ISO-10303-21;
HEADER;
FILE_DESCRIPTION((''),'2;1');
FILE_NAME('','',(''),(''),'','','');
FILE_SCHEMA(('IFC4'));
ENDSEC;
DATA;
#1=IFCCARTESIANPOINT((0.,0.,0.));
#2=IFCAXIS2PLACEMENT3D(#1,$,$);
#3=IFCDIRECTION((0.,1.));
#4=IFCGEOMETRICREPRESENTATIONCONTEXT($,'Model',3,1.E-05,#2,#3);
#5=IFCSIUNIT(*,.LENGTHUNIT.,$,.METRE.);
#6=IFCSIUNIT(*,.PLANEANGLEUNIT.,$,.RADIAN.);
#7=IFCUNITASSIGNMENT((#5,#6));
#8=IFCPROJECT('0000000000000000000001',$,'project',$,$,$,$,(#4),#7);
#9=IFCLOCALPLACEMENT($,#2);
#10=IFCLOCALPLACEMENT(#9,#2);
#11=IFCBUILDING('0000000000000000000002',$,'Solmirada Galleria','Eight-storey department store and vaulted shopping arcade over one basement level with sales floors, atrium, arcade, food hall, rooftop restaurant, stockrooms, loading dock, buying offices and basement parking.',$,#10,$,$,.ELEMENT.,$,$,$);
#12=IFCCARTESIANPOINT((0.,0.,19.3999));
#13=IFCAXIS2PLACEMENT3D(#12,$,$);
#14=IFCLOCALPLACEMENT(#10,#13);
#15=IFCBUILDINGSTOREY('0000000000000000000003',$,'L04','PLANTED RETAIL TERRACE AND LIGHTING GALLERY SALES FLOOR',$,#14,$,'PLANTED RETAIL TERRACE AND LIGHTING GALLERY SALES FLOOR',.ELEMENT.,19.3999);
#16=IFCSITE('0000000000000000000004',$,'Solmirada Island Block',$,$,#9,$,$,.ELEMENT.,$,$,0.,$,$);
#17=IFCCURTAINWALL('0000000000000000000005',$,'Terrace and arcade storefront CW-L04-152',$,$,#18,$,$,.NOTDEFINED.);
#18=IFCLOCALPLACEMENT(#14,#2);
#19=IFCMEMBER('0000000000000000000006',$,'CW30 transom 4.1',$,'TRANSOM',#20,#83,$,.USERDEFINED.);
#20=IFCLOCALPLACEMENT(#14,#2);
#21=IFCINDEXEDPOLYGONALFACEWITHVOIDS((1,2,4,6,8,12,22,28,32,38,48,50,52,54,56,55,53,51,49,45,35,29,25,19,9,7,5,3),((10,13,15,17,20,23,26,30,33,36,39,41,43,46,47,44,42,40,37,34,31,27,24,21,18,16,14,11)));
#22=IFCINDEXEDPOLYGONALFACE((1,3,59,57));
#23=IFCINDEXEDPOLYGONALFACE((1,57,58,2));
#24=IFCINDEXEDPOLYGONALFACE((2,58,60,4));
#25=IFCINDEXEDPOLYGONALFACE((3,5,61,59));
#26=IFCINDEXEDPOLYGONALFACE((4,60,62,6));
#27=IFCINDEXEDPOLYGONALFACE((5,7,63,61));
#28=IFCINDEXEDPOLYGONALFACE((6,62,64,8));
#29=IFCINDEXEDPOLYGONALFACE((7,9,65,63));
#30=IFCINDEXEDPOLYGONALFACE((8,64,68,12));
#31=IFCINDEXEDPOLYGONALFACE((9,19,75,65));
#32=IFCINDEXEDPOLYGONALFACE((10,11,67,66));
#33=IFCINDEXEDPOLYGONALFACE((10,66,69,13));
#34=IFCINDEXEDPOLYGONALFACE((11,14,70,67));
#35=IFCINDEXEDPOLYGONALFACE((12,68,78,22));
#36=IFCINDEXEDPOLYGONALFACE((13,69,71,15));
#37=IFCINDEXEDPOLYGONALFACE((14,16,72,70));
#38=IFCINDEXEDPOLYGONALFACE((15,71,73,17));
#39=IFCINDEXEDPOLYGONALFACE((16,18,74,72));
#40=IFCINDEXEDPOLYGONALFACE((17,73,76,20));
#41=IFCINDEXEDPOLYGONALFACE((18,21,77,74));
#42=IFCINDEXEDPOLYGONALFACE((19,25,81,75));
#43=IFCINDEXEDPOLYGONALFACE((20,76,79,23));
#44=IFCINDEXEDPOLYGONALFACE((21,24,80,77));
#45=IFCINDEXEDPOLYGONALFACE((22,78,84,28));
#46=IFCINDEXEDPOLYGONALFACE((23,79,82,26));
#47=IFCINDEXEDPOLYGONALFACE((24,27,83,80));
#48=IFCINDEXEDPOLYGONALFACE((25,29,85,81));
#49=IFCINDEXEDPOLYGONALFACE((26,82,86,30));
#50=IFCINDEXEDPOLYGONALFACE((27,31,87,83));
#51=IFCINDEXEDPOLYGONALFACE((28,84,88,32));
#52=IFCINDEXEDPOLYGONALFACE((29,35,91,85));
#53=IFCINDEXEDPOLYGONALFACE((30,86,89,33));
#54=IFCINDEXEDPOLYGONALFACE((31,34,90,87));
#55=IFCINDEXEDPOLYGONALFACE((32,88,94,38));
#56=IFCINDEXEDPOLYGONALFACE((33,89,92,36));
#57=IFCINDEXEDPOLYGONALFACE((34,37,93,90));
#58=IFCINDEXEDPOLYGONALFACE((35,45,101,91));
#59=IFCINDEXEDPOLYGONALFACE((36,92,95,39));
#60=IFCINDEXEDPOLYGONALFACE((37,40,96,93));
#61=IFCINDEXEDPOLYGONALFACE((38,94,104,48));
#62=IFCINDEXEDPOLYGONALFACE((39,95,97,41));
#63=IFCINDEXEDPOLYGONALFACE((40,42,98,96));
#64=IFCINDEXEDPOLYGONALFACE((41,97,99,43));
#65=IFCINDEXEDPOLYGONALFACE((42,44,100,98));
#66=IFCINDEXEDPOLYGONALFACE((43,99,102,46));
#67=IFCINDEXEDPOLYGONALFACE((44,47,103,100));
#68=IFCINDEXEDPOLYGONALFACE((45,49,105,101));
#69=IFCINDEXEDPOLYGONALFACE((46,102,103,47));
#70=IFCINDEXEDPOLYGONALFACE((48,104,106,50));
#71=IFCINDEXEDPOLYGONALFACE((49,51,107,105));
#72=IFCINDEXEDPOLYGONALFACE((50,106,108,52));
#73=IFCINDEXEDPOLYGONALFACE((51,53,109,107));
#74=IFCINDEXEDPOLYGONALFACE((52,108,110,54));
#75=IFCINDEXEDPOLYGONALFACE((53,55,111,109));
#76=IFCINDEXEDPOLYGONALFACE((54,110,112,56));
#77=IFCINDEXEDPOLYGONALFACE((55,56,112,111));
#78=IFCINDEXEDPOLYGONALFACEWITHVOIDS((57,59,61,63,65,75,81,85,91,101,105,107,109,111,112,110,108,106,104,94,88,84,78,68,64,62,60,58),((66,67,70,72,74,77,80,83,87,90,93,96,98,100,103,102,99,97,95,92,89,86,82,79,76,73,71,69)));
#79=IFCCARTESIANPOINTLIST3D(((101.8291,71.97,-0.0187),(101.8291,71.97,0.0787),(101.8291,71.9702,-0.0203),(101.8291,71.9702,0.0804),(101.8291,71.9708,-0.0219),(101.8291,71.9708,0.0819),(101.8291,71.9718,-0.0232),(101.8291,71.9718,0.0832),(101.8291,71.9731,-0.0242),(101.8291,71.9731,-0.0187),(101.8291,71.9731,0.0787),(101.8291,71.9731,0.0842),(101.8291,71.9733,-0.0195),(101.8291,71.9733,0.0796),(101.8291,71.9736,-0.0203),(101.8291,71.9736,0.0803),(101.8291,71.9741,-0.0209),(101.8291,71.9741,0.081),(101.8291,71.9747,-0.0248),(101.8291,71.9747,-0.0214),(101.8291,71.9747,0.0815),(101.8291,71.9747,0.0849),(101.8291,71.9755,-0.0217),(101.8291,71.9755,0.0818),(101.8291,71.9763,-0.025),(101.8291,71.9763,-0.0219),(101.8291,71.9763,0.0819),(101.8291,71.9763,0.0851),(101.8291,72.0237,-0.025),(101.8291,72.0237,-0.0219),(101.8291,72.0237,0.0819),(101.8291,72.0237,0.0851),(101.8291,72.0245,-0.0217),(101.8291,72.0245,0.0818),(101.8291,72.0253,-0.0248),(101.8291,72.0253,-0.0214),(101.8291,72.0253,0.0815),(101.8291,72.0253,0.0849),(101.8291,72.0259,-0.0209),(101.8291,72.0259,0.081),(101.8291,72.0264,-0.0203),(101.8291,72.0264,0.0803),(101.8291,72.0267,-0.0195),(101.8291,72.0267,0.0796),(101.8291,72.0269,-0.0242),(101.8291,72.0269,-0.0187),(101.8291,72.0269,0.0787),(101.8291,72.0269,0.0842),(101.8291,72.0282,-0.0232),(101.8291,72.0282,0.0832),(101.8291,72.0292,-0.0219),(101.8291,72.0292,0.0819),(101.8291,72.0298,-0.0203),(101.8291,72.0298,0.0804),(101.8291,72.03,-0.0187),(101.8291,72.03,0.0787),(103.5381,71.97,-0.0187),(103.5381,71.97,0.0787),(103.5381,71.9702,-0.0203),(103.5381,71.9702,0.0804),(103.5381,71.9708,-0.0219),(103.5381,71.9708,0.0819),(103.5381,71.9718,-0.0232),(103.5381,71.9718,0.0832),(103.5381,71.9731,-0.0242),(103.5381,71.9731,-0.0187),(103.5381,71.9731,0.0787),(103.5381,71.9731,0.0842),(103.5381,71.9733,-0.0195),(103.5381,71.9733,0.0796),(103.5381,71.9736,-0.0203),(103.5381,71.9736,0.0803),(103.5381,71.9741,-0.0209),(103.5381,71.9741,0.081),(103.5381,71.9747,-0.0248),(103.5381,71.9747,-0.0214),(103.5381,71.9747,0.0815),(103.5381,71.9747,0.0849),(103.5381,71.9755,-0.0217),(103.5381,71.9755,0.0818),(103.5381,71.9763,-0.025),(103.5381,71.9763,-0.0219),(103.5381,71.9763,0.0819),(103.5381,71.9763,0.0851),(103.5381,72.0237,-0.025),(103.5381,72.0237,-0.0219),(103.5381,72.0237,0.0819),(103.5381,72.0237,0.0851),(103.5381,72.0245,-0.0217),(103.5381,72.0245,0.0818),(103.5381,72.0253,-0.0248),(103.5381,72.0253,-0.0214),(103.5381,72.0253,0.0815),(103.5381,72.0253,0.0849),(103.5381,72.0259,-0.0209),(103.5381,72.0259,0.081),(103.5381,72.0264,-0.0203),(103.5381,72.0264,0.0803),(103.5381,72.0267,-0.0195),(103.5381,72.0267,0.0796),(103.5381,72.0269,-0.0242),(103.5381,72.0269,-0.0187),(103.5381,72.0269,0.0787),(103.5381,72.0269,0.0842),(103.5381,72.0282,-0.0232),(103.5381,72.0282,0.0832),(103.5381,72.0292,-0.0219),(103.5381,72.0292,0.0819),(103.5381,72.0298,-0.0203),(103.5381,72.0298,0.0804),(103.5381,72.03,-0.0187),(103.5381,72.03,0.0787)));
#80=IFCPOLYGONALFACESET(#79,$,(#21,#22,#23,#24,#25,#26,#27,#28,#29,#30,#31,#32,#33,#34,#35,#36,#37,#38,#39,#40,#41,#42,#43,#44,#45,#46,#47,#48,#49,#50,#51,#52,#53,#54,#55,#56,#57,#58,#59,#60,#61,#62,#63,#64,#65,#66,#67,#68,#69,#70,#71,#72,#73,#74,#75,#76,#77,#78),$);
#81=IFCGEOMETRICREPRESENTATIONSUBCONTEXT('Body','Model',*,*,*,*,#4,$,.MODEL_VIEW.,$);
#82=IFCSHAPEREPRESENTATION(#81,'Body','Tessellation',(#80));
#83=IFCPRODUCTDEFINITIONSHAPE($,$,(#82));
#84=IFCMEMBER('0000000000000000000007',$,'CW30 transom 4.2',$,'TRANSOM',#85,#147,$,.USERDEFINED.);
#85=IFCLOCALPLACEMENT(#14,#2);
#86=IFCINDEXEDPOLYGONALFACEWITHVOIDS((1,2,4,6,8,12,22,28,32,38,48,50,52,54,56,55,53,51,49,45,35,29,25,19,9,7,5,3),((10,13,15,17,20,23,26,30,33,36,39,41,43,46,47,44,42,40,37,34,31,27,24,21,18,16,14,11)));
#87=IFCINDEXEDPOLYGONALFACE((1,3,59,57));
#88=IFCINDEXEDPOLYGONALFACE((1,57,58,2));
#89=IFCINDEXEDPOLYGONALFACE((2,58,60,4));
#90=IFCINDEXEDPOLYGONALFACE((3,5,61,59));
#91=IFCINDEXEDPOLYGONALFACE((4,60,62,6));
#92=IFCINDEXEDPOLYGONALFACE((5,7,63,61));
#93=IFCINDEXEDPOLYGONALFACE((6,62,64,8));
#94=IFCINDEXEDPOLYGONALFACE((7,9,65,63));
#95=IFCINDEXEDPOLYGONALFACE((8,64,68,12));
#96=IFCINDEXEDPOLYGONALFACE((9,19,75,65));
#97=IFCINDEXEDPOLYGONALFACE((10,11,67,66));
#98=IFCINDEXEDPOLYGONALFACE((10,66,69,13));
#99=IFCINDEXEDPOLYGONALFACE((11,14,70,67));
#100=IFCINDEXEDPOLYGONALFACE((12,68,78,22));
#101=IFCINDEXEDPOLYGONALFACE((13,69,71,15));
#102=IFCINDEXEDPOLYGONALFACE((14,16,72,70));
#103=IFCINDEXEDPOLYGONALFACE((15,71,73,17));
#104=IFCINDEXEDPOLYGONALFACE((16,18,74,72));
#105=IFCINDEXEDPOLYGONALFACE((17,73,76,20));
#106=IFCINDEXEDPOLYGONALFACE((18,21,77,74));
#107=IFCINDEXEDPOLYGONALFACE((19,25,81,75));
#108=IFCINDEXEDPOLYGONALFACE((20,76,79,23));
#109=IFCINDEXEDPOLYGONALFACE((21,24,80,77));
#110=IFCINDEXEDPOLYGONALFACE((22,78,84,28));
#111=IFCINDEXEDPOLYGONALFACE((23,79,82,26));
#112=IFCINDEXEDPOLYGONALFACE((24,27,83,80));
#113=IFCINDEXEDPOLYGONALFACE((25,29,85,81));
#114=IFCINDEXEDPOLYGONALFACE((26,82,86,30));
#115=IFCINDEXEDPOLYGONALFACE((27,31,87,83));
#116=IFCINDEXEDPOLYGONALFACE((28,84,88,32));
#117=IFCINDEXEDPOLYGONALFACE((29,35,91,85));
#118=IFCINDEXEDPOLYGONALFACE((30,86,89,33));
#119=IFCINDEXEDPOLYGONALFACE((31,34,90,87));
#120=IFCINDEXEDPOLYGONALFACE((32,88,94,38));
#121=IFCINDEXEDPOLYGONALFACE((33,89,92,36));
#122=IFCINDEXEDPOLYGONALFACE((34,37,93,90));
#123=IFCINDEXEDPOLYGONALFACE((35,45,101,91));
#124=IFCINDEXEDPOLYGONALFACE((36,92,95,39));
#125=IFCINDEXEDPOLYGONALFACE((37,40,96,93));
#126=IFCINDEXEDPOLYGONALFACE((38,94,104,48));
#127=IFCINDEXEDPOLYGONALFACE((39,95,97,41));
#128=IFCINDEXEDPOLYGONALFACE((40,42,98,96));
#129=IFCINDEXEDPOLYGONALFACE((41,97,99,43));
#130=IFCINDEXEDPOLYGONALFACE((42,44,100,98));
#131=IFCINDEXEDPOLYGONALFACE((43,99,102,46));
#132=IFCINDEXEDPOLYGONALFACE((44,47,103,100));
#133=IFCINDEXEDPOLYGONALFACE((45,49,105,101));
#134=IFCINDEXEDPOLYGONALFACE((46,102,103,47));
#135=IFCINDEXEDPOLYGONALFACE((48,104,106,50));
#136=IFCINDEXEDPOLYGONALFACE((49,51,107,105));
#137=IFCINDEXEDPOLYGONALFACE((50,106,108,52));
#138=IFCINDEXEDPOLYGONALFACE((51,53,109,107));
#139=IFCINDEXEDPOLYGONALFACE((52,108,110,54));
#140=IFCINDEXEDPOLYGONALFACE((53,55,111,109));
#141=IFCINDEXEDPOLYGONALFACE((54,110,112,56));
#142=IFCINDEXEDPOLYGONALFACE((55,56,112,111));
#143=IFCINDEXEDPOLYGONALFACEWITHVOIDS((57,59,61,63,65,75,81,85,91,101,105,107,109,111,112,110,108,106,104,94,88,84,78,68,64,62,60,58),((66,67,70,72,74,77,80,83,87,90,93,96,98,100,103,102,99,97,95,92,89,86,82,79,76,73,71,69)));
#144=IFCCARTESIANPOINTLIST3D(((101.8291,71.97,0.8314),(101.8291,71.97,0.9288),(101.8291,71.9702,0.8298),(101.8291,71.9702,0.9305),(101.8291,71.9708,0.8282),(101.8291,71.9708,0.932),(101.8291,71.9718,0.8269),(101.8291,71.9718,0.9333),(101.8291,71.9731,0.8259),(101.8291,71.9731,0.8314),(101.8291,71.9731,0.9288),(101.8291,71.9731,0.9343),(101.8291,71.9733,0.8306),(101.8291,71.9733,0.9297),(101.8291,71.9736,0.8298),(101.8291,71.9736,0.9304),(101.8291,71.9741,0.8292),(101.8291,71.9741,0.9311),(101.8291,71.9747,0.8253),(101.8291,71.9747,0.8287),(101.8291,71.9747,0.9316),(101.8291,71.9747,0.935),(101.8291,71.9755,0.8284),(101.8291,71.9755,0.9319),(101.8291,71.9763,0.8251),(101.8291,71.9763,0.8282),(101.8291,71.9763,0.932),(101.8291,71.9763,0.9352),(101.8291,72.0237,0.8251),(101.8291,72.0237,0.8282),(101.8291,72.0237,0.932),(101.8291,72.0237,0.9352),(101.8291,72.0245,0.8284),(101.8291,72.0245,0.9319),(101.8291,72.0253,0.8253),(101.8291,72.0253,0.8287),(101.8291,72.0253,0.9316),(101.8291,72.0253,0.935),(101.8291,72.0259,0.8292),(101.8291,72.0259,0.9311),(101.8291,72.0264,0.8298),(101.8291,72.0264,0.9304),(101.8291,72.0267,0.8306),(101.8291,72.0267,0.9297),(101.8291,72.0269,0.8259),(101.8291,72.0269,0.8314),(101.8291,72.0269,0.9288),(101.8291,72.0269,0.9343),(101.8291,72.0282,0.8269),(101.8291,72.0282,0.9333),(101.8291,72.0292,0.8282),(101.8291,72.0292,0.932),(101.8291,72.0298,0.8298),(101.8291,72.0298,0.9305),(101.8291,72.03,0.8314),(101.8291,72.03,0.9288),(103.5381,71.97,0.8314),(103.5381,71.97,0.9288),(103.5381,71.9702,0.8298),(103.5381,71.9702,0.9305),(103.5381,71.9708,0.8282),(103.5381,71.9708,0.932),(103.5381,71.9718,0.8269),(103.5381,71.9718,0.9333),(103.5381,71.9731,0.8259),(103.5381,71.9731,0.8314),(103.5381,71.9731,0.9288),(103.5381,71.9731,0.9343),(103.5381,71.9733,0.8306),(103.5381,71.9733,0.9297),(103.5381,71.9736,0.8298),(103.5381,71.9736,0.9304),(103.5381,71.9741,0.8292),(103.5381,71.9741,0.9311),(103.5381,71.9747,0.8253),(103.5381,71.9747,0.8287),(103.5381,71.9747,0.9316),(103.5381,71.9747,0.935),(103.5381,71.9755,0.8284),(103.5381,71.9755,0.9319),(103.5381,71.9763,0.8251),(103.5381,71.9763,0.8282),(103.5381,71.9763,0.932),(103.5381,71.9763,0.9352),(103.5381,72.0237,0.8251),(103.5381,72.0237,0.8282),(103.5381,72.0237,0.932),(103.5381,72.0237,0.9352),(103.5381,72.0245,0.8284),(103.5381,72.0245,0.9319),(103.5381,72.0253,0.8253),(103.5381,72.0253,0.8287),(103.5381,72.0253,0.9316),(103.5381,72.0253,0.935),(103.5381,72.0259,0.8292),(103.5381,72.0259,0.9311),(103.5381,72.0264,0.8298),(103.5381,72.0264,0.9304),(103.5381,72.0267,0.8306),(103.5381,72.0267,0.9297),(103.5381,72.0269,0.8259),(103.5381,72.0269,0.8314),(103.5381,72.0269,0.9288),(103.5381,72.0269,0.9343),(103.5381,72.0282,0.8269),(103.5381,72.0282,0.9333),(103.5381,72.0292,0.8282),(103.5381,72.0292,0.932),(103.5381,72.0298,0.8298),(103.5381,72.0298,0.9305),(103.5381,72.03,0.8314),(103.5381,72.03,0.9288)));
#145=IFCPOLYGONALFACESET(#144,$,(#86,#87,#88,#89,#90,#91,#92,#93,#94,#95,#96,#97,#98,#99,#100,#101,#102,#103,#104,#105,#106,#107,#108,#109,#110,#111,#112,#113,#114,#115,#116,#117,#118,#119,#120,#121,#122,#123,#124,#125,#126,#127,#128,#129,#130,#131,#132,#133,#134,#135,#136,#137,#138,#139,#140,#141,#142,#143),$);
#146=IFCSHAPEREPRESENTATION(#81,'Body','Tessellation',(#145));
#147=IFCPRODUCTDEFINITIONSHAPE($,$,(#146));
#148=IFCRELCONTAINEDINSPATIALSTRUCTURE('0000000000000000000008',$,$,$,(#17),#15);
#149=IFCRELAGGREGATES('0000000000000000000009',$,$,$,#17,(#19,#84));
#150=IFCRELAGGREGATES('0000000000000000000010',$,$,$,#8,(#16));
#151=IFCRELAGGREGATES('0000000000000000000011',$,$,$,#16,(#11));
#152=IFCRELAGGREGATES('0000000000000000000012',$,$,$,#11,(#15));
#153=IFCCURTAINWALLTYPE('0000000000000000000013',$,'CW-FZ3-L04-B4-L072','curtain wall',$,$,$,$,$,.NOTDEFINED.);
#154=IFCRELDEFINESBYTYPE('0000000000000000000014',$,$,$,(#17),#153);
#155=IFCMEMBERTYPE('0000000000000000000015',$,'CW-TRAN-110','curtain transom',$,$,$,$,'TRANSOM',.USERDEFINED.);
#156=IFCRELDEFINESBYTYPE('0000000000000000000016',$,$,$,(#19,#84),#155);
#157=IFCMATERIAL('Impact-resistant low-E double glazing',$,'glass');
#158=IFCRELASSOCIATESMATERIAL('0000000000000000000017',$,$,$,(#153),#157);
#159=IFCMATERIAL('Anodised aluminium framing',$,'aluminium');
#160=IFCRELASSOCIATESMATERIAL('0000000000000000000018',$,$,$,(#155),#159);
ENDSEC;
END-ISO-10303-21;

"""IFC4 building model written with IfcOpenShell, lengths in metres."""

from ifc_helpers import new_model, si_unit, direction, frame, origin, origin_2d, place, context, subcontext, project, spatial, hollow_rectangle, extrude, material, material_profile, profile_set, type_object, element, aggregate, save


model = new_model("IFC4")

# Units and contexts
model_context = context("Model", 3, precision=1e-05, world=origin(), true_north=direction((0.0, 1.0)))
body_context = subcontext(model_context, "Body", "Model", "MODEL_VIEW")
ifc_project = project(units=[si_unit("LENGTHUNIT", "METRE"), si_unit("PLANEANGLEUNIT", "RADIAN")], contexts=[model_context])

# Site, building, storey
site_placement = place(None, origin())
site = spatial("IfcSite", under=ifc_project, at=site_placement, Name="Solmirada Island Block", CompositionType="ELEMENT", RefElevation=0.0)
building_placement = place(site_placement, origin())
building = spatial("IfcBuilding", under=site, at=building_placement, Name="Solmirada Galleria", Description="Eight-storey department store and vaulted shopping arcade over one basement level with sales floors, atrium, arcade, food hall, rooftop restaurant, stockrooms, loading dock, buying offices and basement parking.", CompositionType="ELEMENT")
storey_placement = place(building_placement, frame((0.0, 0.0, 19.3999)))
storey = spatial("IfcBuildingStorey", under=building, at=storey_placement, Name="L04", Description="PLANTED RETAIL TERRACE AND LIGHTING GALLERY SALES FLOOR", LongName="PLANTED RETAIL TERRACE AND LIGHTING GALLERY SALES FLOOR", CompositionType="ELEMENT", Elevation=19.3999)

# Curtain wall, members
ifc_material_1 = material(Name="Impact-resistant low-E double glazing", Category="glass")
curtain_wall_type = type_object("IfcCurtainWallType", Name="CW-FZ3-L04-B4-L072", Description="curtain wall", PredefinedType="NOTDEFINED", material=ifc_material_1)
curtain_wall_placement = place(storey_placement, origin())
curtain_wall = element("IfcCurtainWall", 1, at=curtain_wall_placement, inside=storey, type_object=curtain_wall_type, Name="Terrace and arcade storefront CW-L04-152", PredefinedType="NOTDEFINED")
ifc_material_2 = material(Name="Anodised aluminium framing", Category="aluminium")
ifc_material_profile_1 = material_profile(ifc_material_2, hollow_rectangle(XDim=0.0601, YDim=0.1101, WallThickness=0.0032, InnerFilletRadius=0.0032, OuterFilletRadius=0.0063, at=origin_2d()), Name="ALU-TRAN-110X60")
ifc_profile_set_1 = profile_set([ifc_material_profile_1], Name="Anodised aluminium framing")
member_type_1 = type_object("IfcMemberType", Name="CW-TRAN-110", Description="curtain transom", ElementType="TRANSOM", PredefinedType="USERDEFINED", material=ifc_profile_set_1)
member_1_placement = place(storey_placement, frame((101.8291, 72.0, 0.03), z_axis=(1.0, 0.0, 0.0), x_axis=(0.0, 1.0, 0.0)))
member_1 = element("IfcMember", 2, at=member_1_placement, type_object=member_type_1, Name="CW30 transom 4.1", ObjectType="TRANSOM", PredefinedType="USERDEFINED", context=body_context, shape_type="SweptSolid", body=[
    extrude(hollow_rectangle(XDim=0.0601, YDim=0.1101, WallThickness=0.0032, InnerFilletRadius=0.0032, OuterFilletRadius=0.0063, at=origin_2d()), origin(), (0.0, 0.0, 1.0), 1.709),
])
member_2_placement = place(storey_placement, frame((101.8291, 72.0, 0.8801), z_axis=(1.0, 0.0, 0.0), x_axis=(0.0, 1.0, 0.0)))
member_2 = element("IfcMember", 3, at=member_2_placement, type_object=member_type_1, Name="CW30 transom 4.2", ObjectType="TRANSOM", PredefinedType="USERDEFINED", context=body_context, shape_type="SweptSolid", body=[
    extrude(hollow_rectangle(XDim=0.0601, YDim=0.1101, WallThickness=0.0032, InnerFilletRadius=0.0032, OuterFilletRadius=0.0063, at=origin_2d()), origin(), (0.0, 0.0, 1.0), 1.709),
])
aggregate(curtain_wall, [member_1, member_2])

save(model, "model.ifc")
